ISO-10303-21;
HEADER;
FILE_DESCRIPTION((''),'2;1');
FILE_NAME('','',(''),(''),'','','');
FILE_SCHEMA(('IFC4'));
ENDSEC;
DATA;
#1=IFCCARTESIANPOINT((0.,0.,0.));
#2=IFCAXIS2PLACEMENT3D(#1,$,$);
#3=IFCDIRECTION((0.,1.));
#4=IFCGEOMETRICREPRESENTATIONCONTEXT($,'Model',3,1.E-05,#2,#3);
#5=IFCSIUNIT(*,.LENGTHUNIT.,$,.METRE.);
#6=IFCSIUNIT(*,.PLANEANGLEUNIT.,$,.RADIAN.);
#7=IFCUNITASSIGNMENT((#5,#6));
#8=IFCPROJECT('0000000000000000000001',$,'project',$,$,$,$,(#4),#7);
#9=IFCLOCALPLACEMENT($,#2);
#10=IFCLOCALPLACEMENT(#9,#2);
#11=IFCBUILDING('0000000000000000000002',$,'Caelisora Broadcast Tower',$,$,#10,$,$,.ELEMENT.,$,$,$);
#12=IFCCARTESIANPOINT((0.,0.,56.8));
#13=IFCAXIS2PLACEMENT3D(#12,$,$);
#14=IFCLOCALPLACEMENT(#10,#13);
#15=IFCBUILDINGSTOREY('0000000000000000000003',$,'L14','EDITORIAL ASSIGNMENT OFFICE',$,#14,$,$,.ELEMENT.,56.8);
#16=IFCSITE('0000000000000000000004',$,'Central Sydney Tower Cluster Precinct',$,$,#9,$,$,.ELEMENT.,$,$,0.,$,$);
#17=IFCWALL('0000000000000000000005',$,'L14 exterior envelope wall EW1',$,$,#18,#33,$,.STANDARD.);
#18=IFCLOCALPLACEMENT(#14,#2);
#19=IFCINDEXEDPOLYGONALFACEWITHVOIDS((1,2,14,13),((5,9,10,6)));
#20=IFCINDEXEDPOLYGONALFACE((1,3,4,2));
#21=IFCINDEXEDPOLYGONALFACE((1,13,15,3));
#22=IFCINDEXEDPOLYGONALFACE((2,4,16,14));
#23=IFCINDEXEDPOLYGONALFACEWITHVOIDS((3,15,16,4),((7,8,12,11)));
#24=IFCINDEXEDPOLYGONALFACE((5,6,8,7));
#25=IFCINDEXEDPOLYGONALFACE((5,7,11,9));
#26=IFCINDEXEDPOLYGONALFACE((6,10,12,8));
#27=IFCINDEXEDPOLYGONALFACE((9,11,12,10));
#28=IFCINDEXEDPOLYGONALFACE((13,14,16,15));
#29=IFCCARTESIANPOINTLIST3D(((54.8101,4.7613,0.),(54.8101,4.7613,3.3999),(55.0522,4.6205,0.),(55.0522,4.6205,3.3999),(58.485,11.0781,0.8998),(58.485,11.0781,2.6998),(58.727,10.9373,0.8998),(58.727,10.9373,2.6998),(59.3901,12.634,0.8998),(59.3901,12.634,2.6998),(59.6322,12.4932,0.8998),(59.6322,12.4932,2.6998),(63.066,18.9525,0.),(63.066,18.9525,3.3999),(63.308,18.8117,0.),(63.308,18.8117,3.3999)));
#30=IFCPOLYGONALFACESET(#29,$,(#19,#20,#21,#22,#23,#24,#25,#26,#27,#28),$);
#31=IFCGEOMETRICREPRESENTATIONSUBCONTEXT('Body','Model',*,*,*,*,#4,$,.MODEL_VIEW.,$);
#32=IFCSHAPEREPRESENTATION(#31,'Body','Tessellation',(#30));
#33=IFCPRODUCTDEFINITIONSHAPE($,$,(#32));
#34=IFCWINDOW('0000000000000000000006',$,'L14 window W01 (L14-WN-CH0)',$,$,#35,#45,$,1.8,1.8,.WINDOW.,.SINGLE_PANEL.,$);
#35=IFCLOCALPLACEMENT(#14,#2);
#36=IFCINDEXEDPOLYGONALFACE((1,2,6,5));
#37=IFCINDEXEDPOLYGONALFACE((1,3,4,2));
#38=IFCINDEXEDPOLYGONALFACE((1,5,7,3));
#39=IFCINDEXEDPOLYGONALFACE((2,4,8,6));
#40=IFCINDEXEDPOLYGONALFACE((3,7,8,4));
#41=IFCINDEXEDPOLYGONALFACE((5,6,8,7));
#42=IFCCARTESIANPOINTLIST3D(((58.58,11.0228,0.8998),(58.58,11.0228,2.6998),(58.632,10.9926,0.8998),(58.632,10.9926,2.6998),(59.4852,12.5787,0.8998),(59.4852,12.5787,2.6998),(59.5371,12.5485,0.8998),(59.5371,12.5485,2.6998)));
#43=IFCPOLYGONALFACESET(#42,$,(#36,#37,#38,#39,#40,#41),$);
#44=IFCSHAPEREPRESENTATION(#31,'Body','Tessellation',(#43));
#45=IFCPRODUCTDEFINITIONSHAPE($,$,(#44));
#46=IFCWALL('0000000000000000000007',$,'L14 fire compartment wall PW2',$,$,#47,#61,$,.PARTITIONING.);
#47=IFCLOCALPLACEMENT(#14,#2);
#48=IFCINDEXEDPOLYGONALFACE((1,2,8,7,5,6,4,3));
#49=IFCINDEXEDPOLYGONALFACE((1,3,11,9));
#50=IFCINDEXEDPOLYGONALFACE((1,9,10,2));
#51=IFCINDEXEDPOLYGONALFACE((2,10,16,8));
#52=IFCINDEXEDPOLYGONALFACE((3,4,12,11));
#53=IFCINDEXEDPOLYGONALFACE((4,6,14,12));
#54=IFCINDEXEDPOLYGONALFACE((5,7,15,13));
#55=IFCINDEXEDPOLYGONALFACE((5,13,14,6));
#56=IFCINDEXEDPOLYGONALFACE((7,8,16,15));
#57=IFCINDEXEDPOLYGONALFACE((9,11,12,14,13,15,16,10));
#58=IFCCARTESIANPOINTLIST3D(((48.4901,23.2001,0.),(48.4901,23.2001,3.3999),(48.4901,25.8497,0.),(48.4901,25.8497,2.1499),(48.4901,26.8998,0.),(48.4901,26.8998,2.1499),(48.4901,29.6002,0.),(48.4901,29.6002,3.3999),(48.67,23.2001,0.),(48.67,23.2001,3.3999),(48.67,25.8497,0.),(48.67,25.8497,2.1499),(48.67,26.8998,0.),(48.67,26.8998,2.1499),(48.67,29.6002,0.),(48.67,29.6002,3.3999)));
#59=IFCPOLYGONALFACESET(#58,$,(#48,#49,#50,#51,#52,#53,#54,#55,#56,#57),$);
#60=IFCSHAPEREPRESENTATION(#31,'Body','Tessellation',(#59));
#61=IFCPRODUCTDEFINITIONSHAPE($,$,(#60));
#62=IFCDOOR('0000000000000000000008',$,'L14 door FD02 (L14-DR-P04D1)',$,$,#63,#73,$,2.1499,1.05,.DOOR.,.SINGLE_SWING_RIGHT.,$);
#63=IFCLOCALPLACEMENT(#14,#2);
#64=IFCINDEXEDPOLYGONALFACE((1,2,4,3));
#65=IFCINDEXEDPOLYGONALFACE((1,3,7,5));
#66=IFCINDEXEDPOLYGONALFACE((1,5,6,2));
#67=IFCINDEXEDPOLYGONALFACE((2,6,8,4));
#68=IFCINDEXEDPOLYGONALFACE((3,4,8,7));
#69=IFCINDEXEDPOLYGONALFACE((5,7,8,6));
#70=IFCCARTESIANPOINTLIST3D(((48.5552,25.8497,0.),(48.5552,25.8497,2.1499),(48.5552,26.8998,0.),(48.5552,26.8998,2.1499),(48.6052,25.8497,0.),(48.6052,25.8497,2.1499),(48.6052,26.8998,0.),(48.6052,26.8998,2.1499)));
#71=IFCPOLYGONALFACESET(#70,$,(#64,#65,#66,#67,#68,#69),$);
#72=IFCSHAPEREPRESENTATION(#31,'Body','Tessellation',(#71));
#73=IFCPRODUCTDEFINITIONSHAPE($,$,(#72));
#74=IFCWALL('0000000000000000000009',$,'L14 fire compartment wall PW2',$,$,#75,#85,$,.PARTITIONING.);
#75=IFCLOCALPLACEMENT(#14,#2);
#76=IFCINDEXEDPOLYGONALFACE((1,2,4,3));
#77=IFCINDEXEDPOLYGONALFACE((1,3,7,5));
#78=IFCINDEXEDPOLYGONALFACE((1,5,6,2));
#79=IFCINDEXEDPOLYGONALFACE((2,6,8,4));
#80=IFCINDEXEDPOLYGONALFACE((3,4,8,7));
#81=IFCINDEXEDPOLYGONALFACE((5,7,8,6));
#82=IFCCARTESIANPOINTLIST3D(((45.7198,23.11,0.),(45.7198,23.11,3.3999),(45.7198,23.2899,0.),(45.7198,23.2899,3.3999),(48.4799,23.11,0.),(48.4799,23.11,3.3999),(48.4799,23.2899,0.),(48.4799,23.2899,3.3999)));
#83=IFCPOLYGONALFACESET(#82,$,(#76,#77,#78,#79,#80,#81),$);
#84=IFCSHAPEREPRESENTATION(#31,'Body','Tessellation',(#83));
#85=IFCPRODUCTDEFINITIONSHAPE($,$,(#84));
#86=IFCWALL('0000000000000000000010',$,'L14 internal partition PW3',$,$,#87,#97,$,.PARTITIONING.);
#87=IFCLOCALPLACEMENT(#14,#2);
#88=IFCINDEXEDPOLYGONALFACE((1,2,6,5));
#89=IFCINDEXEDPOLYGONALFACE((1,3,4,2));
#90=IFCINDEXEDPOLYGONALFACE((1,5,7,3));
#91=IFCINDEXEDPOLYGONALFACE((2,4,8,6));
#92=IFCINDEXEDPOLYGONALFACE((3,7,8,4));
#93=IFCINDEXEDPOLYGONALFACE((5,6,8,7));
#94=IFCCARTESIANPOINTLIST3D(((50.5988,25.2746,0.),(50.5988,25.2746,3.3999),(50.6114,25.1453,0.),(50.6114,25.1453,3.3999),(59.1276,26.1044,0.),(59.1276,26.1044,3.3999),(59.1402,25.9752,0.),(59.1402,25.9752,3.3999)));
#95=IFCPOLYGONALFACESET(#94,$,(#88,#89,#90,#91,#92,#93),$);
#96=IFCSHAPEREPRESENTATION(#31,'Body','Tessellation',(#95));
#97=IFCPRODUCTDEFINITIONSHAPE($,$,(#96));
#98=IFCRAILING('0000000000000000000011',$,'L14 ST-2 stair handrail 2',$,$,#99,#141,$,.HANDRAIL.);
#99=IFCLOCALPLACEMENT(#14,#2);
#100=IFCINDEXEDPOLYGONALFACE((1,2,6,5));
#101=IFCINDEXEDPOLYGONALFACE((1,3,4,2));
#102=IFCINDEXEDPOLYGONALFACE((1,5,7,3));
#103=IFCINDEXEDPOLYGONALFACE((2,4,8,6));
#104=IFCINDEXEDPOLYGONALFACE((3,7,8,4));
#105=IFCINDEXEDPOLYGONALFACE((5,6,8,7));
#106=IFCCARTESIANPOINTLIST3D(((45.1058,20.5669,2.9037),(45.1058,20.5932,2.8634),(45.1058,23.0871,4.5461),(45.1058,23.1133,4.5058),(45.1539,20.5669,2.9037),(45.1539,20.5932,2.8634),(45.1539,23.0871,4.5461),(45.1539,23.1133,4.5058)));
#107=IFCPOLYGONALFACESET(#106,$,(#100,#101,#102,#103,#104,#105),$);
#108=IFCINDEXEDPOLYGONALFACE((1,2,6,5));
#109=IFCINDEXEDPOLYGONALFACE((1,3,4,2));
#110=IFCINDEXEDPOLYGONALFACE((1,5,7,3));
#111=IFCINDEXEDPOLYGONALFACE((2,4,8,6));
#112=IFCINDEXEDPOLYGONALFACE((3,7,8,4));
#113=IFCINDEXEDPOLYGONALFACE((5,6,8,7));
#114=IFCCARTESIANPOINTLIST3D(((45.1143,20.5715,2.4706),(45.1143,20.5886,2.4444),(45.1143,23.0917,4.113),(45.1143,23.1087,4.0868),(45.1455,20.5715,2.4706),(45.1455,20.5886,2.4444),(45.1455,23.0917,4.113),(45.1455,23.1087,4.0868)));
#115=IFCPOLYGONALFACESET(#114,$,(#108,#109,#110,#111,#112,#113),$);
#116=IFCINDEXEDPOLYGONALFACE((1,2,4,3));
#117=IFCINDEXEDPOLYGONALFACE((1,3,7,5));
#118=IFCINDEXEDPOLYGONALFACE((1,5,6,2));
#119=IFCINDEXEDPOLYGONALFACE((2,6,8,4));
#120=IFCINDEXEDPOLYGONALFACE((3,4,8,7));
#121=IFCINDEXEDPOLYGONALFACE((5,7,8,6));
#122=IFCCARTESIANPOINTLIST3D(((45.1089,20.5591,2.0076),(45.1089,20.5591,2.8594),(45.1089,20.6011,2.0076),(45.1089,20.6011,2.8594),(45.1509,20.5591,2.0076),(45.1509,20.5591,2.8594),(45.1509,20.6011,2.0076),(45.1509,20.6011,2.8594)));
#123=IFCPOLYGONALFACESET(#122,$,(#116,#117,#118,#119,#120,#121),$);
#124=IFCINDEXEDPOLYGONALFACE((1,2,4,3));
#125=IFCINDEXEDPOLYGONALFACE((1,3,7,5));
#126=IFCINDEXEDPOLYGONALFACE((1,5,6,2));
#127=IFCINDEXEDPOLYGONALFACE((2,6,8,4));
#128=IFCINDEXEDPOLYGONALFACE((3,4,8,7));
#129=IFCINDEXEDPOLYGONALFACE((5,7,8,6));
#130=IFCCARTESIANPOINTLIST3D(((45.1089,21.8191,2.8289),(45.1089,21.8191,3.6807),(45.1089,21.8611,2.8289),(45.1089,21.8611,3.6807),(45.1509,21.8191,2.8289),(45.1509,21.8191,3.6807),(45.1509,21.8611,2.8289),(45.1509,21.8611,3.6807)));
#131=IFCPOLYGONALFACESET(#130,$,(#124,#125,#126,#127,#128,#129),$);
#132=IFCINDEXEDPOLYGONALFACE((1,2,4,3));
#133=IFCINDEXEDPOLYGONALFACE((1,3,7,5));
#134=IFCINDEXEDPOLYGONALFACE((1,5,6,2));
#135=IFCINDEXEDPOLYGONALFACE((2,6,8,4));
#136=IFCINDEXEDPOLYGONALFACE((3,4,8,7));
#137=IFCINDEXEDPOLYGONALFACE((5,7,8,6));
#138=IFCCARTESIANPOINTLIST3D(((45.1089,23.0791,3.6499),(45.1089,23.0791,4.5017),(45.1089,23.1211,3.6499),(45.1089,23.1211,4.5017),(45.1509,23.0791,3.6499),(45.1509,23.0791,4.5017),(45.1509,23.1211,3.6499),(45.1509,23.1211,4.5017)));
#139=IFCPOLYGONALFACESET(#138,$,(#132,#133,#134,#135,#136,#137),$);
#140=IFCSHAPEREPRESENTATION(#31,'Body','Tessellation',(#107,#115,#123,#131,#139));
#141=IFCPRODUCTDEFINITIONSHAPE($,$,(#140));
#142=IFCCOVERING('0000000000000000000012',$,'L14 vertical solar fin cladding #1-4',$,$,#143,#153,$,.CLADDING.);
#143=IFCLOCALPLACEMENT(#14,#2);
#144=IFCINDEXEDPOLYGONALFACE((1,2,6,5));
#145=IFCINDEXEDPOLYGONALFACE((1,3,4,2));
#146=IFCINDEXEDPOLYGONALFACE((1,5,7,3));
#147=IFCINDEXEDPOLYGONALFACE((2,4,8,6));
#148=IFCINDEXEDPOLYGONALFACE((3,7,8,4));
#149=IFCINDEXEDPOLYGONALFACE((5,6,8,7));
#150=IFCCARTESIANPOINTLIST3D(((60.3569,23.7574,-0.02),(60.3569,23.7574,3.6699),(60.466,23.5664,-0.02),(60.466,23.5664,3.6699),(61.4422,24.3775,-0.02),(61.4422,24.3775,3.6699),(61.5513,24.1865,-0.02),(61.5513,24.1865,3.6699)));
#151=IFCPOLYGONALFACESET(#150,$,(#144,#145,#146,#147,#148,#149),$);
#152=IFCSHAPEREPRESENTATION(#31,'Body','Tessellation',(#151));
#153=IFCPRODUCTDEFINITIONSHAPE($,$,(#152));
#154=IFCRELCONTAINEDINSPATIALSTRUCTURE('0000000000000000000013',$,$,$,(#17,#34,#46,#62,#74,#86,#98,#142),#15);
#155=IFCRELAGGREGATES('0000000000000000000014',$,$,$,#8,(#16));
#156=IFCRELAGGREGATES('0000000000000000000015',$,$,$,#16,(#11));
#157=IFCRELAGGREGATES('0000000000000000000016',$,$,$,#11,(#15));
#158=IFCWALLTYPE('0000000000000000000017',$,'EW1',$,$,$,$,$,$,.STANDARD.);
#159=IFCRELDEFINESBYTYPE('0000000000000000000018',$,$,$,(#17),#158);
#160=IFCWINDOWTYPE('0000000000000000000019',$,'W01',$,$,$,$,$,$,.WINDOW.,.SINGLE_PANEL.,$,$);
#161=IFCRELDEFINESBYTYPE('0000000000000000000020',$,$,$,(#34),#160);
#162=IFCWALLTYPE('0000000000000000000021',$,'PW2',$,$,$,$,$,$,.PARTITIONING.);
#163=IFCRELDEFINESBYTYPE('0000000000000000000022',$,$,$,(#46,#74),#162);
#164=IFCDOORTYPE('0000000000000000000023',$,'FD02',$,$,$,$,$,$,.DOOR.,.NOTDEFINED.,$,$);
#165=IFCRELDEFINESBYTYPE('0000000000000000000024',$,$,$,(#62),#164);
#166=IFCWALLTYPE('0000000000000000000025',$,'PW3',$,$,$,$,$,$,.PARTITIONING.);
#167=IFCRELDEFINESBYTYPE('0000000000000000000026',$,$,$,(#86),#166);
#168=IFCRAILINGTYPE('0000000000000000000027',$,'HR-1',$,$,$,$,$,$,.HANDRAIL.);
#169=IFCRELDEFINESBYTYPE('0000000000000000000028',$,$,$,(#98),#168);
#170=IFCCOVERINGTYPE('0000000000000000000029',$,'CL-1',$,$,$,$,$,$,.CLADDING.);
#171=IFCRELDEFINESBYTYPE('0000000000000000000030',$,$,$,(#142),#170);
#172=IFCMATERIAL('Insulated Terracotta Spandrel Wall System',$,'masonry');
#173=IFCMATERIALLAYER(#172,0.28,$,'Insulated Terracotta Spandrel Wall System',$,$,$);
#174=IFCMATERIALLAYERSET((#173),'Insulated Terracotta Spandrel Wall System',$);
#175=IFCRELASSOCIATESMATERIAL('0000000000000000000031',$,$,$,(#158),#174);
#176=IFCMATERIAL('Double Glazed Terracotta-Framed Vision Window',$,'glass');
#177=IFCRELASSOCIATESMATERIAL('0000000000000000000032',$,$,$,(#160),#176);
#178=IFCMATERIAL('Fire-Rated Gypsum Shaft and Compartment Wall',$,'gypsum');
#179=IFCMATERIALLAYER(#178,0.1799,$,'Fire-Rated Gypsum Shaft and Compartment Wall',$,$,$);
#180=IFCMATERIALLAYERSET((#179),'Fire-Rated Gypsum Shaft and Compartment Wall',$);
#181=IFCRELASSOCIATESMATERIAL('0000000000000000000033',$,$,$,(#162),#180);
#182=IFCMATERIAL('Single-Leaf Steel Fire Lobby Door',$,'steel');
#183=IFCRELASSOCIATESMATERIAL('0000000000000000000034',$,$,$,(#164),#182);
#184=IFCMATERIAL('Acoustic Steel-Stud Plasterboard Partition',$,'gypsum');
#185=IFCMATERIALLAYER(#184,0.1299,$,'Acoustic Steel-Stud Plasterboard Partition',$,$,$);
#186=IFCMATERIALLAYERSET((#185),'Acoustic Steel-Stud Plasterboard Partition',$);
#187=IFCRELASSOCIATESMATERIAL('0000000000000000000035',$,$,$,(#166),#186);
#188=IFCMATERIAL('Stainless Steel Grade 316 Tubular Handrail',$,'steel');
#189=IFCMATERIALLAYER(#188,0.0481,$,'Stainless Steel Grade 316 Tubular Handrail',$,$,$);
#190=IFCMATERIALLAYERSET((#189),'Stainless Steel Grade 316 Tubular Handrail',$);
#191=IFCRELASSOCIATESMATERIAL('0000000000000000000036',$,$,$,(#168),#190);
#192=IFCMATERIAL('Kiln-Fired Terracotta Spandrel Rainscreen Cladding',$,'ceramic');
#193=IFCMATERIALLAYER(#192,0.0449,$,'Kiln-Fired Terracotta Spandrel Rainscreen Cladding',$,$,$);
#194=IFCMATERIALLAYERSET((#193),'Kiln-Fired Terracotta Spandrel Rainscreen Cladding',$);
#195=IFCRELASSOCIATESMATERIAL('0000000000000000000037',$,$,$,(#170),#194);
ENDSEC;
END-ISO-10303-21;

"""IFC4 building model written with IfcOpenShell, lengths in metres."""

from ifc_helpers import new_model, si_unit, direction, frame, frame_2d, origin, origin_2d, place, context, subcontext, project, spatial, rectangle, extrude, source, transform, mapped, material, layer, layer_set, type_object, type_shapes, element, fill, save


model = new_model("IFC4")

# Units and contexts
model_context = context("Model", 3, precision=1e-05, world=origin(), true_north=direction((0.0, 1.0)))
body_context = subcontext(model_context, "Body", "Model", "MODEL_VIEW")
ifc_project = project(units=[si_unit("LENGTHUNIT", "METRE"), si_unit("PLANEANGLEUNIT", "RADIAN")], contexts=[model_context])

# Site, building, storey
site_placement = place(None, origin())
site = spatial("IfcSite", under=ifc_project, at=site_placement, Name="Central Sydney Tower Cluster Precinct", CompositionType="ELEMENT", RefElevation=0.0)
building_placement = place(site_placement, origin())
building = spatial("IfcBuilding", under=site, at=building_placement, Name="Caelisora Broadcast Tower", CompositionType="ELEMENT")
storey_placement = place(building_placement, frame((0.0, 0.0, 56.8)))
storey = spatial("IfcBuildingStorey", under=building, at=storey_placement, Name="L14", Description="EDITORIAL ASSIGNMENT OFFICE", CompositionType="ELEMENT", Elevation=56.8)

# Wall, opening, window
ifc_material_1 = material(Name="Insulated Terracotta Spandrel Wall System", Category="masonry")
ifc_layer_1 = layer(ifc_material_1, 0.28, Name="Insulated Terracotta Spandrel Wall System")
ifc_layer_set_1 = layer_set([ifc_layer_1], Name="Insulated Terracotta Spandrel Wall System")
wall_type_1 = type_object("IfcWallType", Name="EW1", PredefinedType="STANDARD", material=ifc_layer_set_1)
wall_1_placement = place(storey_placement, frame((63.187, 18.8821, 0.0), z_axis=(0.0, 0.0, 1.0), x_axis=(-0.502856, -0.86437, 0.0)))
wall_1 = element("IfcWall", 1, at=wall_1_placement, inside=storey, type_object=wall_type_1, Name="L14 exterior envelope wall EW1", PredefinedType="STANDARD", context=body_context, shape_type="SweptSolid", body=[
    extrude(rectangle(XDim=16.418, YDim=0.28, at=frame_2d((8.209, 0.0))), origin(), (0.0, 0.0, 1.0), 3.3999),
])
opening_1_placement = place(wall_1_placement, frame((7.3101, 0.0, 0.8999)))
opening_1 = element("IfcOpeningElement", 2, at=opening_1_placement, cuts=wall_1, PredefinedType="OPENING", context=body_context, shape_type="SweptSolid", body=[
    extrude(rectangle(XDim=1.8, YDim=1.8, at=frame_2d((0.8999, 0.8999))), frame((0.0, 0.1521, 0.0), z_axis=(0.0, -1.0, 0.0), x_axis=(1.0, 0.0, 0.0)), (0.0, 0.0, 1.0), 0.304),
])
ifc_material_2 = material(Name="Double Glazed Terracotta-Framed Vision Window", Category="glass")
window_type = type_object("IfcWindowType", Name="W01", PartitioningType="SINGLE_PANEL", PredefinedType="WINDOW", material=ifc_material_2)
window_placement = place(opening_1_placement, origin())
window = element("IfcWindow", 3, at=window_placement, inside=storey, type_object=window_type, Name="L14 window W01 (L14-WN-CH0)", OverallHeight=1.8, OverallWidth=1.8, PartitioningType="SINGLE_PANEL", PredefinedType="WINDOW", context=body_context, shape_type="SweptSolid", body=[
    extrude(rectangle(XDim=1.8, YDim=1.8, at=frame_2d((0.8999, 0.8999))), frame((0.0, 0.03, 0.0), z_axis=(0.0, -1.0, 0.0), x_axis=(1.0, 0.0, 0.0)), (0.0, 0.0, 1.0), 0.0601),
])
fill(opening_1, window)

# Wall, opening, door
ifc_material_3 = material(Name="Fire-Rated Gypsum Shaft and Compartment Wall", Category="gypsum")
ifc_layer_2 = layer(ifc_material_3, 0.1799, Name="Fire-Rated Gypsum Shaft and Compartment Wall")
ifc_layer_set_2 = layer_set([ifc_layer_2], Name="Fire-Rated Gypsum Shaft and Compartment Wall")
wall_type_2 = type_object("IfcWallType", Name="PW2", PredefinedType="PARTITIONING", material=ifc_layer_set_2)
wall_2_placement = place(storey_placement, frame((48.5801, 23.2, 0.0), z_axis=(0.0, 0.0, 1.0), x_axis=(0.0, 1.0, 0.0)))
wall_2 = element("IfcWall", 4, at=wall_2_placement, inside=storey, type_object=wall_type_2, Name="L14 fire compartment wall PW2", PredefinedType="PARTITIONING", context=body_context, shape_type="SweptSolid", body=[
    extrude(rectangle(XDim=6.4001, YDim=0.1799, at=frame_2d((3.2002, 0.0))), origin(), (0.0, 0.0, 1.0), 3.3999),
])
opening_2_placement = place(wall_2_placement, frame((2.6499, 0.0, 0.0)))
opening_2 = element("IfcOpeningElement", 5, at=opening_2_placement, cuts=wall_2, PredefinedType="OPENING", context=body_context, shape_type="SweptSolid", body=[
    extrude(rectangle(XDim=1.05, YDim=2.1499, at=frame_2d((0.5249, 1.075))), frame((0.0, 0.1021, 0.0), z_axis=(0.0, -1.0, 0.0), x_axis=(1.0, 0.0, 0.0)), (0.0, 0.0, 1.0), 0.2039),
])
ifc_material_4 = material(Name="Single-Leaf Steel Fire Lobby Door", Category="steel")
door_type = type_object("IfcDoorType", Name="FD02", OperationType="NOTDEFINED", PredefinedType="DOOR", material=ifc_material_4)
door_placement = place(opening_2_placement, origin())
door = element("IfcDoor", 6, at=door_placement, inside=storey, type_object=door_type, Name="L14 door FD02 (L14-DR-P04D1)", OperationType="SINGLE_SWING_RIGHT", OverallHeight=2.1499, OverallWidth=1.05, PredefinedType="DOOR", context=body_context, shape_type="SweptSolid", body=[
    extrude(rectangle(XDim=1.05, YDim=2.1499, at=frame_2d((0.5249, 1.075))), frame((0.0, 0.0249, 0.0), z_axis=(0.0, -1.0, 0.0), x_axis=(1.0, 0.0, 0.0)), (0.0, 0.0, 1.0), 0.05),
])
fill(opening_2, door)

# Walls
wall_3_placement = place(storey_placement, frame((45.72, 23.2, 0.0), z_axis=(0.0, 0.0, 1.0), x_axis=(1.0, 0.0, 0.0)))
element("IfcWall", 7, at=wall_3_placement, inside=storey, type_object=wall_type_2, Name="L14 fire compartment wall PW2", PredefinedType="PARTITIONING", context=body_context, shape_type="SweptSolid", body=[
    extrude(rectangle(XDim=2.76, YDim=0.1799, at=frame_2d((1.3799, 0.0))), origin(), (0.0, 0.0, 1.0), 3.3999),
])
ifc_material_5 = material(Name="Acoustic Steel-Stud Plasterboard Partition", Category="gypsum")
ifc_layer_3 = layer(ifc_material_5, 0.1299, Name="Acoustic Steel-Stud Plasterboard Partition")
ifc_layer_set_3 = layer_set([ifc_layer_3], Name="Acoustic Steel-Stud Plasterboard Partition")
wall_type_3 = type_object("IfcWallType", Name="PW3", PredefinedType="PARTITIONING", material=ifc_layer_set_3)
wall_4_placement = place(storey_placement, frame((50.605, 25.21, 0.0), z_axis=(0.0, 0.0, 1.0), x_axis=(0.9953, 0.09684, 0.0)))
element("IfcWall", 8, at=wall_4_placement, inside=storey, type_object=wall_type_3, Name="L14 internal partition PW3", PredefinedType="PARTITIONING", context=body_context, shape_type="SweptSolid", body=[
    extrude(rectangle(XDim=8.5691, YDim=0.1299, at=frame_2d((4.2847, 0.0))), origin(), (0.0, 0.0, 1.0), 3.3999),
])

# Railing
ifc_material_6 = material(Name="Stainless Steel Grade 316 Tubular Handrail", Category="steel")
ifc_layer_4 = layer(ifc_material_6, 0.0481, Name="Stainless Steel Grade 316 Tubular Handrail")
ifc_layer_set_4 = layer_set([ifc_layer_4], Name="Stainless Steel Grade 316 Tubular Handrail")
railing_type = type_object("IfcRailingType", Name="HR-1", PredefinedType="HANDRAIL", material=ifc_layer_set_4)
railing_placement = place(storey_placement, frame((45.1299, 20.5801, 2.0076)))
element("IfcRailing", 9, at=railing_placement, inside=storey, type_object=railing_type, Name="L14 ST-2 stair handrail 2", PredefinedType="HANDRAIL", context=body_context, shape_type="SweptSolid", body=[
    extrude(rectangle(XDim=0.0481, YDim=0.0481, at=origin_2d()), frame((0.0, 0.0, 0.876), z_axis=(0.0, 0.837787, 0.545998), x_axis=(-1.0, 0.0, 0.0)), (0.0, 0.0, 1.0), 3.0081),
    extrude(rectangle(XDim=0.0312, YDim=0.0312, at=origin_2d()), frame((0.0, 0.0, 0.45), z_axis=(0.0, 0.837787, 0.545998), x_axis=(-1.0, 0.0, 0.0)), (0.0, 0.0, 1.0), 3.0081),
    extrude(rectangle(XDim=0.042, YDim=0.042, at=origin_2d()), origin(), (0.0, 0.0, 1.0), 0.8518),
    extrude(rectangle(XDim=0.042, YDim=0.042, at=origin_2d()), frame((0.0, 1.26, 0.8213)), (0.0, 0.0, 1.0), 0.8518),
    extrude(rectangle(XDim=0.042, YDim=0.042, at=origin_2d()), frame((0.0, 2.52, 1.6423)), (0.0, 0.0, 1.0), 0.8518),
])

# Covering
ifc_material_7 = material(Name="Kiln-Fired Terracotta Spandrel Rainscreen Cladding", Category="ceramic")
ifc_layer_5 = layer(ifc_material_7, 0.0449, Name="Kiln-Fired Terracotta Spandrel Rainscreen Cladding")
ifc_layer_set_5 = layer_set([ifc_layer_5], Name="Kiln-Fired Terracotta Spandrel Rainscreen Cladding")
covering_type = type_object("IfcCoveringType", Name="CL-1", PredefinedType="CLADDING", material=ifc_layer_set_5)
shared_shape_1 = source(origin(), body_context, "Body", "SweptSolid", [
    extrude(rectangle(XDim=0.22, YDim=1.25, at=origin_2d()), origin(), (0.0, 0.0, 1.0), 3.6899),
])
type_shapes(covering_type, [shared_shape_1])
covering_placement = place(storey_placement, frame((60.9541, 23.9719, -0.02), z_axis=(0.0, 0.0, 1.0), x_axis=(0.496065, -0.868285, 0.0)))
element("IfcCovering", 10, at=covering_placement, inside=storey, type_object=covering_type, Name="L14 vertical solar fin cladding #1-4", PredefinedType="CLADDING", context=body_context, shape_type="MappedRepresentation", body=[
    mapped(shared_shape_1, transform((0.0, 0.0, 0.0), scale=1.0)),
])

save(model, "model.ifc")
